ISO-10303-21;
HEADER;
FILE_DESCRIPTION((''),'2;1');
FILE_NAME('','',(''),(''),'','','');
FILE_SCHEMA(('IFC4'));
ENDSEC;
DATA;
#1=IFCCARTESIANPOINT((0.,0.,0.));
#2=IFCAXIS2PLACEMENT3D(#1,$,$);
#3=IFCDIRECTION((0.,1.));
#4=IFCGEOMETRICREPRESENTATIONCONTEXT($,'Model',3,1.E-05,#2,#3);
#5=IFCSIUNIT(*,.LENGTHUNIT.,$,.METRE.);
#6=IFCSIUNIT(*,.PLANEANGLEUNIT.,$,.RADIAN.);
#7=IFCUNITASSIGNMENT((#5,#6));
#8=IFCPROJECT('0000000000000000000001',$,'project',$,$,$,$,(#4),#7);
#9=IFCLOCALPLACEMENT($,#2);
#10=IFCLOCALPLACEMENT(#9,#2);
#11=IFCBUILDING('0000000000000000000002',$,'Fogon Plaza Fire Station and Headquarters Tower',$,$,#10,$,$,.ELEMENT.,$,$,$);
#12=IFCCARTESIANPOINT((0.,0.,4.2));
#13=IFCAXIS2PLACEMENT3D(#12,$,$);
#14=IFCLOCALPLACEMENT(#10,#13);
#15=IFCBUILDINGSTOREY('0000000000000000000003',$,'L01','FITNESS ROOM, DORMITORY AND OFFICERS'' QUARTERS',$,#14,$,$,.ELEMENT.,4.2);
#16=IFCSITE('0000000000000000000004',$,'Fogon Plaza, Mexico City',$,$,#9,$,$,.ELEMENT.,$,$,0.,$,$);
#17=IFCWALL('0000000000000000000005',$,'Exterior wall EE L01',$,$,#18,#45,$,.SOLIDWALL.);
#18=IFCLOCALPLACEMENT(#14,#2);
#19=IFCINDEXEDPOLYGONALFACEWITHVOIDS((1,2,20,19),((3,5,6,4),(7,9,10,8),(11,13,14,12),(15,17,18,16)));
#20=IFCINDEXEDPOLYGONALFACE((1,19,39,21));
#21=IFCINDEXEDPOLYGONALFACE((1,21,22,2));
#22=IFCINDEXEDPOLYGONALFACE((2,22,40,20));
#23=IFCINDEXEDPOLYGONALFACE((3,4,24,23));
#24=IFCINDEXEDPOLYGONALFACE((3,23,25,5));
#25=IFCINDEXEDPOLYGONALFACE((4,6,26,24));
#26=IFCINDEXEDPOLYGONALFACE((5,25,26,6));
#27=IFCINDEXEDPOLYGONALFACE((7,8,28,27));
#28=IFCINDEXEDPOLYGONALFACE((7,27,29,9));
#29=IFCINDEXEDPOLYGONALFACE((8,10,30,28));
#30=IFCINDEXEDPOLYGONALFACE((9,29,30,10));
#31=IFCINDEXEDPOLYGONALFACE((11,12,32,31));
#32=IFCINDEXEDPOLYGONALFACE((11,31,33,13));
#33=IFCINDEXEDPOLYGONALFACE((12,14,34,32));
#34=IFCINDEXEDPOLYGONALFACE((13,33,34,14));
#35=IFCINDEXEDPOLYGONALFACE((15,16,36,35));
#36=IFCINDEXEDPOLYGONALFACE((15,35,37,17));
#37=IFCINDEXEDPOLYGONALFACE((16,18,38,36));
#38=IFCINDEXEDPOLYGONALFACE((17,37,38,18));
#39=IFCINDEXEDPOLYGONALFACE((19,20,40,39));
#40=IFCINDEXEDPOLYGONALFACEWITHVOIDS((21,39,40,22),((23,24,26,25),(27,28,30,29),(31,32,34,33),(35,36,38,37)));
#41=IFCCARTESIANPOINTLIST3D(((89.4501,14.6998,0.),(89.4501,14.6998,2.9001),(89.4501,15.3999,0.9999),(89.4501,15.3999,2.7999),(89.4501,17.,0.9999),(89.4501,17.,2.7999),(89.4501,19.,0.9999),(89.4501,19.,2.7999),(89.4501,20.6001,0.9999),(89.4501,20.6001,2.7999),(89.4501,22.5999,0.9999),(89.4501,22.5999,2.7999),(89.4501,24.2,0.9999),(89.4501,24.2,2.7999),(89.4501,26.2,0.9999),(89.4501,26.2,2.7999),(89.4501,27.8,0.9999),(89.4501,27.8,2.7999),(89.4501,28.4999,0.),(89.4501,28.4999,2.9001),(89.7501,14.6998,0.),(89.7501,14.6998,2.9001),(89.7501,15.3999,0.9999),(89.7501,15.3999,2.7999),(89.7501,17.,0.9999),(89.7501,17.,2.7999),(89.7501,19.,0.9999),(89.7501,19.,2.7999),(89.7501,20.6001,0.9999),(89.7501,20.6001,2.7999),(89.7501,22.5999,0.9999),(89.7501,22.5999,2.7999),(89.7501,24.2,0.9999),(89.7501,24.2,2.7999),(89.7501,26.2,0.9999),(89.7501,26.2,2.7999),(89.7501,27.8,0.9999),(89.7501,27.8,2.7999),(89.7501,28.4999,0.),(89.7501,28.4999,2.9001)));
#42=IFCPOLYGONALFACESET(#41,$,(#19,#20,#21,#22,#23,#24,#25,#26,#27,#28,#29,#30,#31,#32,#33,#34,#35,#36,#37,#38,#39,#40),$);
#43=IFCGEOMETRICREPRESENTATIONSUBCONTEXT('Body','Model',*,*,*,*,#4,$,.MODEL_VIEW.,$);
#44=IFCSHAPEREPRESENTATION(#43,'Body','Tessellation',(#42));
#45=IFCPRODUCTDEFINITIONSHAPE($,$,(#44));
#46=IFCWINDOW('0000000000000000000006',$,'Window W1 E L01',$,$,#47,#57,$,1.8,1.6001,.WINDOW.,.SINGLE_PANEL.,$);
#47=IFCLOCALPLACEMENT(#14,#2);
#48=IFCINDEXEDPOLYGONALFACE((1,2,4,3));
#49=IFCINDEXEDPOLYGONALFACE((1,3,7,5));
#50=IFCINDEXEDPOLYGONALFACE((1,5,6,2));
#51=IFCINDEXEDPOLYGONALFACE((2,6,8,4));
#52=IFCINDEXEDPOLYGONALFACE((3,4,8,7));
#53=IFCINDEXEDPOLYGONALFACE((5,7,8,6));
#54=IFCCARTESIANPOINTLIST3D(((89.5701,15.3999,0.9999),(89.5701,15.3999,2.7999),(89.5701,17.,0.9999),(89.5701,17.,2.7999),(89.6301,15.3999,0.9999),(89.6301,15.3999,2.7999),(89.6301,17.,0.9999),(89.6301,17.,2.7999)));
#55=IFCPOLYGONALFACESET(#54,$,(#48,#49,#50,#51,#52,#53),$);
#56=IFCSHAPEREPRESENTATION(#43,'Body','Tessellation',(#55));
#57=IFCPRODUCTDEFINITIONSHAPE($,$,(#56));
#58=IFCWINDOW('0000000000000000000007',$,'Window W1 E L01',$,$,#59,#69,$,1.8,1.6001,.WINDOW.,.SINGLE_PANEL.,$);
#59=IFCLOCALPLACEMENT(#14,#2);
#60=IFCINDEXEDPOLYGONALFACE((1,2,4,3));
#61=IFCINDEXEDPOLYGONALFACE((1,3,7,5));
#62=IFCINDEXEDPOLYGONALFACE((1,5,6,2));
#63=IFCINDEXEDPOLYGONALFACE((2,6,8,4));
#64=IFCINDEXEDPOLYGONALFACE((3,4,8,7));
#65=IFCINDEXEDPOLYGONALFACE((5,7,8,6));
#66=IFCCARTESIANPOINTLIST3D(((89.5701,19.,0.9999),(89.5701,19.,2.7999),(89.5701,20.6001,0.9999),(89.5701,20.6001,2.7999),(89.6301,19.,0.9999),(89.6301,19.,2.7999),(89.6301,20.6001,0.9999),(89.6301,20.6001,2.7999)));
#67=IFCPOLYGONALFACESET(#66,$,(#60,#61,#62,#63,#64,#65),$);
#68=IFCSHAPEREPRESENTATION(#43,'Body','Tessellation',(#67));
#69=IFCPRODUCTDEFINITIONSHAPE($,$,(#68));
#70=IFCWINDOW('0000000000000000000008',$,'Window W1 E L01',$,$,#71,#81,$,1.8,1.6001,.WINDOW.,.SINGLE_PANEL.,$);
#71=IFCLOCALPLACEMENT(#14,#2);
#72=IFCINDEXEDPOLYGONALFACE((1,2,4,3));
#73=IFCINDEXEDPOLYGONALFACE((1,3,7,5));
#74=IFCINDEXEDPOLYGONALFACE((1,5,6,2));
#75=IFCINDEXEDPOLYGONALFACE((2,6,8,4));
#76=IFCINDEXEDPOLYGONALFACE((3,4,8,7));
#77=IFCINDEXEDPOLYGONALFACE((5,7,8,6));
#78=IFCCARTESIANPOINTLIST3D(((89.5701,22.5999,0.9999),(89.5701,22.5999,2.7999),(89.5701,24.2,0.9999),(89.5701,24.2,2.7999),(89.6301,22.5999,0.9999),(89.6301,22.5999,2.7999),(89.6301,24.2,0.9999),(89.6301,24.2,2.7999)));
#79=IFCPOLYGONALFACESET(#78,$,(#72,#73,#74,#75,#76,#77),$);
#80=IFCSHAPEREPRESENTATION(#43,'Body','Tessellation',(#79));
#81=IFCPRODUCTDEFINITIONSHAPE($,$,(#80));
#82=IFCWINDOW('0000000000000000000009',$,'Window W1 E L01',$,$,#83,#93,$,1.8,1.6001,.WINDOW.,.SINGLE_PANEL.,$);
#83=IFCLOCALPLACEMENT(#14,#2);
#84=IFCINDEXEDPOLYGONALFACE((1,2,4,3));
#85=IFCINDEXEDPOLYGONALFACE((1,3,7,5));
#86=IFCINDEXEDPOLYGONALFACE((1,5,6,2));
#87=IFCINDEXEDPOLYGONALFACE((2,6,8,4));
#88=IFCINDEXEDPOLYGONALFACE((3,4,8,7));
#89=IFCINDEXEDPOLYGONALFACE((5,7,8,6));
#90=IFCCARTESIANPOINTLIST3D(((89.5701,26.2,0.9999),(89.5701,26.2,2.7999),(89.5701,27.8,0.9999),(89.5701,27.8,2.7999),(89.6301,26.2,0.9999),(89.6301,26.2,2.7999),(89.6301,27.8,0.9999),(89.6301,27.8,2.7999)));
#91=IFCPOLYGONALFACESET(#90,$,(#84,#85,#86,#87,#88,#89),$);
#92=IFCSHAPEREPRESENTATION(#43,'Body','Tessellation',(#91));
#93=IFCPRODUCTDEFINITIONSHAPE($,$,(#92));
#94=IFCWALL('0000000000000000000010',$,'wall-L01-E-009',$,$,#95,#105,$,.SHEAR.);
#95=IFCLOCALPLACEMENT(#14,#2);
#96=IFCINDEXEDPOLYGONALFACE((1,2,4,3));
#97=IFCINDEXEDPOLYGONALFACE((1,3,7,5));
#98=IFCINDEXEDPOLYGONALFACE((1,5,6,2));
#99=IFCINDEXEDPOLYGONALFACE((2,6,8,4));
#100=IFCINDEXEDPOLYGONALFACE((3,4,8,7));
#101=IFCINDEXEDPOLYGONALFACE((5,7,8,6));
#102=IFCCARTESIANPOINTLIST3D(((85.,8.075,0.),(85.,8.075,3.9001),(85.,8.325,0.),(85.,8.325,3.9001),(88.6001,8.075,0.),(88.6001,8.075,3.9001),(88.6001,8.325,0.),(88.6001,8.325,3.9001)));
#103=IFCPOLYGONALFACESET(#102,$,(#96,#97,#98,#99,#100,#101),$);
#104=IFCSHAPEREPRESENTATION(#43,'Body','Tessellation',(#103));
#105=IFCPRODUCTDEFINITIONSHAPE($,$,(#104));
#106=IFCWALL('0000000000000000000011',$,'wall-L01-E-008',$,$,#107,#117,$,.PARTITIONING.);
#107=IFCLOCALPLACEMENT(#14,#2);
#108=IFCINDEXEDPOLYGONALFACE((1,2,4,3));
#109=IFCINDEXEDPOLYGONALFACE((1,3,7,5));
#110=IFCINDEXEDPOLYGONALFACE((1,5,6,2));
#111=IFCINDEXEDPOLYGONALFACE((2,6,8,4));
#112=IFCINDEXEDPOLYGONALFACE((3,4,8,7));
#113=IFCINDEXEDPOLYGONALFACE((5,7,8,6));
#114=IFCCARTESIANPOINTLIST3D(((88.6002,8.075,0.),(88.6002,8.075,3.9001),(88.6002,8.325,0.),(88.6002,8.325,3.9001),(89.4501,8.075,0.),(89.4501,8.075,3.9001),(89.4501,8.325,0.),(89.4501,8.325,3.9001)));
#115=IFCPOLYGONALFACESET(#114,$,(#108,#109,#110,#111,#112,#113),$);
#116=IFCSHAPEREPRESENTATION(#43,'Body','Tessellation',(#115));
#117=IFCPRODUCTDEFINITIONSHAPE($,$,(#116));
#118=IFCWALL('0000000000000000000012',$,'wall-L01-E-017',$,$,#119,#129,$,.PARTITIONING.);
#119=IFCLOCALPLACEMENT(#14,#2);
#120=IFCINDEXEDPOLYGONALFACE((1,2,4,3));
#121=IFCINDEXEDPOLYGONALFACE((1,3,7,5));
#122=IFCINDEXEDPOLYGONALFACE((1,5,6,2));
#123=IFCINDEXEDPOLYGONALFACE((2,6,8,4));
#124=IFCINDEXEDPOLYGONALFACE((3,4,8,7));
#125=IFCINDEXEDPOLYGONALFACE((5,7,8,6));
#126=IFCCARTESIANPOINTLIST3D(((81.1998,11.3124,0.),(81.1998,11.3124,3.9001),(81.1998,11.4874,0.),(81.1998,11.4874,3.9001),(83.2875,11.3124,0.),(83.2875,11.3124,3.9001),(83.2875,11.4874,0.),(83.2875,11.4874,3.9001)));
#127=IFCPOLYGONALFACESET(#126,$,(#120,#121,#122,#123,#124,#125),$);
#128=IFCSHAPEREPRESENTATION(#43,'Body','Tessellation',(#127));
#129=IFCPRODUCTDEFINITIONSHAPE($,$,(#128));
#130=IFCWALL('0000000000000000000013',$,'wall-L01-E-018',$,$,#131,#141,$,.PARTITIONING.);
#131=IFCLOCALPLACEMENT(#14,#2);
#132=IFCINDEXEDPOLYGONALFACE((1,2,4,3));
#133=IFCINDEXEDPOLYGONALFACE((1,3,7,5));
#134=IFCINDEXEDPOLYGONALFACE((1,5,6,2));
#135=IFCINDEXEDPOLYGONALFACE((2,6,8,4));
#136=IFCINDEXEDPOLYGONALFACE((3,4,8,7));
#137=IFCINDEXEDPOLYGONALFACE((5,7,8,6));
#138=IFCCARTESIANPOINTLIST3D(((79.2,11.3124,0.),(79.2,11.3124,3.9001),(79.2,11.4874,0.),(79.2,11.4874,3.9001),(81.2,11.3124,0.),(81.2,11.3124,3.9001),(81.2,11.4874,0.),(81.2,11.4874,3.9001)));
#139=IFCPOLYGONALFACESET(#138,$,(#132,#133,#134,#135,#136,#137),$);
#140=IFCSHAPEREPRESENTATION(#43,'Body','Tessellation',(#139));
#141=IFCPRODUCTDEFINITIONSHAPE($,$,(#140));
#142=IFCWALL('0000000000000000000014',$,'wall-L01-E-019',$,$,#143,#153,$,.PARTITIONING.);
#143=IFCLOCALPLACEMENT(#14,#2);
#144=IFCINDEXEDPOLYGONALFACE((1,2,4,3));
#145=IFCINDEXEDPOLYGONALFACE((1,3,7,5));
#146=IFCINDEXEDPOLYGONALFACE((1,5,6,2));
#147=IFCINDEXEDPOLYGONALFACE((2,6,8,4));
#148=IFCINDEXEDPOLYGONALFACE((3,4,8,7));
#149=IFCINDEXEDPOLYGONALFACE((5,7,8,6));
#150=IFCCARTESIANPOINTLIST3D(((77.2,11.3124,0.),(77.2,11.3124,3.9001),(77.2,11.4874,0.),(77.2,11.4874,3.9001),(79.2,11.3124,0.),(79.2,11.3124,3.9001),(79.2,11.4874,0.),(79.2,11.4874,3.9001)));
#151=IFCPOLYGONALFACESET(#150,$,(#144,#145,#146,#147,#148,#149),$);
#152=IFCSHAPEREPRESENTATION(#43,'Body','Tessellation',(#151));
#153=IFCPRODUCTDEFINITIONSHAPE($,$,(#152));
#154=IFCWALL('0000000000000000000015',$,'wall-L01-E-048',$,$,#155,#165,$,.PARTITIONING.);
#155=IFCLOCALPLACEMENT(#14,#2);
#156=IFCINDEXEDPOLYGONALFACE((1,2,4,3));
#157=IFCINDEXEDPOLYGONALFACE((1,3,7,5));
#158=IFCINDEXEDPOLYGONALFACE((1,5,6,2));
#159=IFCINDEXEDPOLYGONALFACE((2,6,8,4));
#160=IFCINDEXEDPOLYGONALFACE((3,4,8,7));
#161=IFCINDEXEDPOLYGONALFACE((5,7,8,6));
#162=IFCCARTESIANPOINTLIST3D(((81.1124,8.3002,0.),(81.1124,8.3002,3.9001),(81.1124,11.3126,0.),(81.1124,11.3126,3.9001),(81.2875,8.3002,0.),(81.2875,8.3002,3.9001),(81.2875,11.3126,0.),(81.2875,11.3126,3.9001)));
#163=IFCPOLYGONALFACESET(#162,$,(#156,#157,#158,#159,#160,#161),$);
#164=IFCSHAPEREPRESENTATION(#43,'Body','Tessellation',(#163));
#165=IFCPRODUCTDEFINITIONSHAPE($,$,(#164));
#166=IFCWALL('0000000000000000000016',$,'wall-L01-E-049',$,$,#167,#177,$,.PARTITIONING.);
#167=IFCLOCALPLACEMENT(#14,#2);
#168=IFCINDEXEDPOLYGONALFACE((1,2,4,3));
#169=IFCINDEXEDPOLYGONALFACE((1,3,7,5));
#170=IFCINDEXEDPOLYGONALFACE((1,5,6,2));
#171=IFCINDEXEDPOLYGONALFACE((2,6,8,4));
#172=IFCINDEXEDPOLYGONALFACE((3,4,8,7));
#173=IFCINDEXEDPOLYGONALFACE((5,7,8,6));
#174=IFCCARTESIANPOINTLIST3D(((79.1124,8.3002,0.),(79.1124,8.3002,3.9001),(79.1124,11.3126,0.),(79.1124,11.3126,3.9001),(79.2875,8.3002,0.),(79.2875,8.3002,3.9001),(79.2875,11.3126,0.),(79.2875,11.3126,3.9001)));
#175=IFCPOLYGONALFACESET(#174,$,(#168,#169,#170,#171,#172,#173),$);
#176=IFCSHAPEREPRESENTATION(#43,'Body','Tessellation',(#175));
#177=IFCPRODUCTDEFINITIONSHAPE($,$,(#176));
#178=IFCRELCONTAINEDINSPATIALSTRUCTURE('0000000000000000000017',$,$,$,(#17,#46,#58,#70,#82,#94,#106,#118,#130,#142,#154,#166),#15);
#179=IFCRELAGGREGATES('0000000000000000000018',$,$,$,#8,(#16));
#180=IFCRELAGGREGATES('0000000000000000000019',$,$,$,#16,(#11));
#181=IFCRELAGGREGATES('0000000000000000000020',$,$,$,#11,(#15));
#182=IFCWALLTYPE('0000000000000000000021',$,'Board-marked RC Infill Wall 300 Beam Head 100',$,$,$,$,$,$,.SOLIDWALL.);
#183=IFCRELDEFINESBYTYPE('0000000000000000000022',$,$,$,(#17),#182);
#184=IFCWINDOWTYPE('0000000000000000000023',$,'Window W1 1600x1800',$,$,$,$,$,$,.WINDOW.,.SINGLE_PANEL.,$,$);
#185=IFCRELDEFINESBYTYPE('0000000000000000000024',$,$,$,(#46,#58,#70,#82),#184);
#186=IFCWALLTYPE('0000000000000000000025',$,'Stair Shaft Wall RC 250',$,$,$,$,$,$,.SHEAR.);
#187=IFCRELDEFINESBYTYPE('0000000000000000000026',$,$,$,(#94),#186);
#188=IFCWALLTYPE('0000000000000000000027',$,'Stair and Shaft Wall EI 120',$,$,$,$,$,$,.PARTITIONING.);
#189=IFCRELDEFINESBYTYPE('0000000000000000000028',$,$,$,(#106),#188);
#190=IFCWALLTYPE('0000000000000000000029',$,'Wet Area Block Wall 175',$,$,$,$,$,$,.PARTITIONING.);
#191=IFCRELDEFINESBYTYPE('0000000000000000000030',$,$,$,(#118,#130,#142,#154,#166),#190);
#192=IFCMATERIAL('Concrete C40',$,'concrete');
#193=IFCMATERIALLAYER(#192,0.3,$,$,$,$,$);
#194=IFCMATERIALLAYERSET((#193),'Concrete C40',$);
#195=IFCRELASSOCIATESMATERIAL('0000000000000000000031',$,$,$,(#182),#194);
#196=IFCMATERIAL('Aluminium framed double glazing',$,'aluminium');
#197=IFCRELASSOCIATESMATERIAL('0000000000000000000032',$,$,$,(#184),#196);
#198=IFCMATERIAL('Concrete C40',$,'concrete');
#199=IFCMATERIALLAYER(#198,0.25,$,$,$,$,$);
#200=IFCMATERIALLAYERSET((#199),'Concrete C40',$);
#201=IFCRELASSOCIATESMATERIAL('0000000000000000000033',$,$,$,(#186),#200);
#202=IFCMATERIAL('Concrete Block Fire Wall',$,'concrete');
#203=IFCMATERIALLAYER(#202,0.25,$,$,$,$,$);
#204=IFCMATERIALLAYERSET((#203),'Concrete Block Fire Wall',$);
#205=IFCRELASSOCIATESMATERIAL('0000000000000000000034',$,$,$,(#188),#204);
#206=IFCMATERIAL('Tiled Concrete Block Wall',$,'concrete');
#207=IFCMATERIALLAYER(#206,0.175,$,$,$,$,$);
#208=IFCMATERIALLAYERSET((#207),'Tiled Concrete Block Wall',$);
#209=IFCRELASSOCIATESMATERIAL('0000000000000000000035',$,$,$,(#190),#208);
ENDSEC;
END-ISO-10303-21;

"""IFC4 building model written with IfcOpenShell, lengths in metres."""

from ifc_helpers import new_model, si_unit, direction, frame, frame_2d, origin, place, context, subcontext, project, spatial, rectangle, extrude, material, layer, layer_set, type_object, element, fill, save


model = new_model("IFC4")

# Units and contexts
model_context = context("Model", 3, precision=1e-05, world=origin(), true_north=direction((0.0, 1.0)))
body_context = subcontext(model_context, "Body", "Model", "MODEL_VIEW")
ifc_project = project(units=[si_unit("LENGTHUNIT", "METRE"), si_unit("PLANEANGLEUNIT", "RADIAN")], contexts=[model_context])

# Site, building, storey
site_placement = place(None, origin())
site = spatial("IfcSite", under=ifc_project, at=site_placement, Name="Fogon Plaza, Mexico City", CompositionType="ELEMENT", RefElevation=0.0)
building_placement = place(site_placement, origin())
building = spatial("IfcBuilding", under=site, at=building_placement, Name="Fogon Plaza Fire Station and Headquarters Tower", CompositionType="ELEMENT")
storey_placement = place(building_placement, frame((0.0, 0.0, 4.2)))
storey = spatial("IfcBuildingStorey", under=building, at=storey_placement, Name="L01", Description="FITNESS ROOM, DORMITORY AND OFFICERS' QUARTERS", CompositionType="ELEMENT", Elevation=4.2)

# Wall, openings, windows
ifc_material_1 = material(Name="Concrete C40", Category="concrete")
ifc_layer_1 = layer(ifc_material_1, 0.3)
ifc_layer_set_1 = layer_set([ifc_layer_1], Name="Concrete C40")
wall_type_1 = type_object("IfcWallType", Name="Board-marked RC Infill Wall 300 Beam Head 100", PredefinedType="SOLIDWALL", material=ifc_layer_set_1)
wall_1_placement = place(storey_placement, frame((89.6001, 14.7, 0.0), z_axis=(0.0, 0.0, 1.0), x_axis=(0.0, 1.0, 0.0)))
wall_1 = element("IfcWall", 1, at=wall_1_placement, inside=storey, type_object=wall_type_1, Name="Exterior wall EE L01", PredefinedType="SOLIDWALL", context=body_context, shape_type="SweptSolid", body=[
    extrude(rectangle(XDim=13.8, YDim=0.3, at=frame_2d((6.8999, 0.0))), origin(), (0.0, 0.0, 1.0), 2.9001),
])
opening_1_placement = place(wall_1_placement, frame((0.7, 0.0, 1.0)))
opening_1 = element("IfcOpeningElement", 2, at=opening_1_placement, cuts=wall_1, PredefinedType="OPENING", context=body_context, shape_type="SweptSolid", body=[
    extrude(rectangle(XDim=1.6001, YDim=1.8, at=frame_2d((0.8, 0.8999))), frame((0.0, 0.1599, 0.0), z_axis=(0.0, -1.0, 0.0), x_axis=(1.0, 0.0, 0.0)), (0.0, 0.0, 1.0), 0.3201),
])
opening_2_placement = place(wall_1_placement, frame((4.3, 0.0, 1.0)))
opening_2 = element("IfcOpeningElement", 3, at=opening_2_placement, cuts=wall_1, PredefinedType="OPENING", context=body_context, shape_type="SweptSolid", body=[
    extrude(rectangle(XDim=1.6001, YDim=1.8, at=frame_2d((0.8, 0.8999))), frame((0.0, 0.1599, 0.0), z_axis=(0.0, -1.0, 0.0), x_axis=(1.0, 0.0, 0.0)), (0.0, 0.0, 1.0), 0.3201),
])
opening_3_placement = place(wall_1_placement, frame((7.8999, 0.0, 1.0)))
opening_3 = element("IfcOpeningElement", 4, at=opening_3_placement, cuts=wall_1, PredefinedType="OPENING", context=body_context, shape_type="SweptSolid", body=[
    extrude(rectangle(XDim=1.6001, YDim=1.8, at=frame_2d((0.8, 0.8999))), frame((0.0, 0.1599, 0.0), z_axis=(0.0, -1.0, 0.0), x_axis=(1.0, 0.0, 0.0)), (0.0, 0.0, 1.0), 0.3201),
])
opening_4_placement = place(wall_1_placement, frame((11.5, 0.0, 1.0)))
opening_4 = element("IfcOpeningElement", 5, at=opening_4_placement, cuts=wall_1, PredefinedType="OPENING", context=body_context, shape_type="SweptSolid", body=[
    extrude(rectangle(XDim=1.6001, YDim=1.8, at=frame_2d((0.8, 0.8999))), frame((0.0, 0.1599, 0.0), z_axis=(0.0, -1.0, 0.0), x_axis=(1.0, 0.0, 0.0)), (0.0, 0.0, 1.0), 0.3201),
])
ifc_material_2 = material(Name="Aluminium framed double glazing", Category="aluminium")
window_type = type_object("IfcWindowType", Name="Window W1 1600x1800", PartitioningType="SINGLE_PANEL", PredefinedType="WINDOW", material=ifc_material_2)
window_1_placement = place(opening_1_placement, origin())
window_1 = element("IfcWindow", 6, at=window_1_placement, inside=storey, type_object=window_type, Name="Window W1 E L01", OverallHeight=1.8, OverallWidth=1.6001, PartitioningType="SINGLE_PANEL", PredefinedType="WINDOW", context=body_context, shape_type="SweptSolid", body=[
    extrude(rectangle(XDim=1.6001, YDim=1.8, at=frame_2d((0.8, 0.8999))), frame((0.0, 0.03, 0.0), z_axis=(0.0, -1.0, 0.0), x_axis=(1.0, 0.0, 0.0)), (0.0, 0.0, 1.0), 0.0601),
])
fill(opening_1, window_1)
window_2_placement = place(opening_2_placement, origin())
window_2 = element("IfcWindow", 7, at=window_2_placement, inside=storey, type_object=window_type, Name="Window W1 E L01", OverallHeight=1.8, OverallWidth=1.6001, PartitioningType="SINGLE_PANEL", PredefinedType="WINDOW", context=body_context, shape_type="SweptSolid", body=[
    extrude(rectangle(XDim=1.6001, YDim=1.8, at=frame_2d((0.8, 0.8999))), frame((0.0, 0.03, 0.0), z_axis=(0.0, -1.0, 0.0), x_axis=(1.0, 0.0, 0.0)), (0.0, 0.0, 1.0), 0.0601),
])
fill(opening_2, window_2)
window_3_placement = place(opening_3_placement, origin())
window_3 = element("IfcWindow", 8, at=window_3_placement, inside=storey, type_object=window_type, Name="Window W1 E L01", OverallHeight=1.8, OverallWidth=1.6001, PartitioningType="SINGLE_PANEL", PredefinedType="WINDOW", context=body_context, shape_type="SweptSolid", body=[
    extrude(rectangle(XDim=1.6001, YDim=1.8, at=frame_2d((0.8, 0.8999))), frame((0.0, 0.03, 0.0), z_axis=(0.0, -1.0, 0.0), x_axis=(1.0, 0.0, 0.0)), (0.0, 0.0, 1.0), 0.0601),
])
fill(opening_3, window_3)
window_4_placement = place(opening_4_placement, origin())
window_4 = element("IfcWindow", 9, at=window_4_placement, inside=storey, type_object=window_type, Name="Window W1 E L01", OverallHeight=1.8, OverallWidth=1.6001, PartitioningType="SINGLE_PANEL", PredefinedType="WINDOW", context=body_context, shape_type="SweptSolid", body=[
    extrude(rectangle(XDim=1.6001, YDim=1.8, at=frame_2d((0.8, 0.8999))), frame((0.0, 0.03, 0.0), z_axis=(0.0, -1.0, 0.0), x_axis=(1.0, 0.0, 0.0)), (0.0, 0.0, 1.0), 0.0601),
])
fill(opening_4, window_4)

# Walls
ifc_material_3 = material(Name="Concrete C40", Category="concrete")
ifc_layer_2 = layer(ifc_material_3, 0.25)
ifc_layer_set_2 = layer_set([ifc_layer_2], Name="Concrete C40")
wall_type_2 = type_object("IfcWallType", Name="Stair Shaft Wall RC 250", PredefinedType="SHEAR", material=ifc_layer_set_2)
wall_2_placement = place(storey_placement, frame((88.6001, 8.2, 0.0), z_axis=(0.0, 0.0, 1.0), x_axis=(-1.0, 0.0, 0.0)))
element("IfcWall", 10, at=wall_2_placement, inside=storey, type_object=wall_type_2, Name="wall-L01-E-009", PredefinedType="SHEAR", context=body_context, shape_type="SweptSolid", body=[
    extrude(rectangle(XDim=3.6001, YDim=0.25, at=frame_2d((1.8, 0.0))), origin(), (0.0, 0.0, 1.0), 3.9001),
])
ifc_material_4 = material(Name="Concrete Block Fire Wall", Category="concrete")
ifc_layer_3 = layer(ifc_material_4, 0.25)
ifc_layer_set_3 = layer_set([ifc_layer_3], Name="Concrete Block Fire Wall")
wall_type_3 = type_object("IfcWallType", Name="Stair and Shaft Wall EI 120", PredefinedType="PARTITIONING", material=ifc_layer_set_3)
wall_3_placement = place(storey_placement, frame((89.45, 8.2, 0.0), z_axis=(0.0, 0.0, 1.0), x_axis=(-1.0, 0.0, 0.0)))
element("IfcWall", 11, at=wall_3_placement, inside=storey, type_object=wall_type_3, Name="wall-L01-E-008", PredefinedType="PARTITIONING", context=body_context, shape_type="SweptSolid", body=[
    extrude(rectangle(XDim=0.8499, YDim=0.25, at=frame_2d((0.4248, 0.0))), origin(), (0.0, 0.0, 1.0), 3.9001),
])
ifc_material_5 = material(Name="Tiled Concrete Block Wall", Category="concrete")
ifc_layer_4 = layer(ifc_material_5, 0.175)
ifc_layer_set_4 = layer_set([ifc_layer_4], Name="Tiled Concrete Block Wall")
wall_type_4 = type_object("IfcWallType", Name="Wet Area Block Wall 175", PredefinedType="PARTITIONING", material=ifc_layer_set_4)
wall_4_placement = place(storey_placement, frame((83.2876, 11.3999, 0.0), z_axis=(0.0, 0.0, 1.0), x_axis=(-1.0, 0.0, 0.0)))
element("IfcWall", 12, at=wall_4_placement, inside=storey, type_object=wall_type_4, Name="wall-L01-E-017", PredefinedType="PARTITIONING", context=body_context, shape_type="SweptSolid", body=[
    extrude(rectangle(XDim=2.0876, YDim=0.175, at=frame_2d((1.0439, 0.0))), origin(), (0.0, 0.0, 1.0), 3.9001),
])
for number, where, z_axis, x_axis, name in (
    (13, (81.2, 11.3999, 0.0), (0.0, 0.0, 1.0), (-1.0, 0.0, 0.0), "wall-L01-E-018"),
    (14, (79.2, 11.3999, 0.0), (0.0, 0.0, 1.0), (-1.0, 0.0, 0.0), "wall-L01-E-019"),
):
    element("IfcWall", number, at=place(storey_placement, frame(where, z_axis=z_axis, x_axis=x_axis)), inside=storey, type_object=wall_type_4, Name=name, PredefinedType="PARTITIONING", context=body_context, shape_type="SweptSolid", body=[
        extrude(rectangle(XDim=2.0, YDim=0.175, at=frame_2d((1.0, 0.0))), origin(), (0.0, 0.0, 1.0), 3.9001),
    ])
for number, where, z_axis, x_axis, name in (
    (15, (81.2, 8.3, 0.0), (0.0, 0.0, 1.0), (0.0, 1.0, 0.0), "wall-L01-E-048"),
    (16, (79.2, 8.3, 0.0), (0.0, 0.0, 1.0), (0.0, 1.0, 0.0), "wall-L01-E-049"),
):
    element("IfcWall", number, at=place(storey_placement, frame(where, z_axis=z_axis, x_axis=x_axis)), inside=storey, type_object=wall_type_4, Name=name, PredefinedType="PARTITIONING", context=body_context, shape_type="SweptSolid", body=[
        extrude(rectangle(XDim=3.0125, YDim=0.175, at=frame_2d((1.5063, 0.0))), origin(), (0.0, 0.0, 1.0), 3.9001),
    ])

save(model, "model.ifc")
